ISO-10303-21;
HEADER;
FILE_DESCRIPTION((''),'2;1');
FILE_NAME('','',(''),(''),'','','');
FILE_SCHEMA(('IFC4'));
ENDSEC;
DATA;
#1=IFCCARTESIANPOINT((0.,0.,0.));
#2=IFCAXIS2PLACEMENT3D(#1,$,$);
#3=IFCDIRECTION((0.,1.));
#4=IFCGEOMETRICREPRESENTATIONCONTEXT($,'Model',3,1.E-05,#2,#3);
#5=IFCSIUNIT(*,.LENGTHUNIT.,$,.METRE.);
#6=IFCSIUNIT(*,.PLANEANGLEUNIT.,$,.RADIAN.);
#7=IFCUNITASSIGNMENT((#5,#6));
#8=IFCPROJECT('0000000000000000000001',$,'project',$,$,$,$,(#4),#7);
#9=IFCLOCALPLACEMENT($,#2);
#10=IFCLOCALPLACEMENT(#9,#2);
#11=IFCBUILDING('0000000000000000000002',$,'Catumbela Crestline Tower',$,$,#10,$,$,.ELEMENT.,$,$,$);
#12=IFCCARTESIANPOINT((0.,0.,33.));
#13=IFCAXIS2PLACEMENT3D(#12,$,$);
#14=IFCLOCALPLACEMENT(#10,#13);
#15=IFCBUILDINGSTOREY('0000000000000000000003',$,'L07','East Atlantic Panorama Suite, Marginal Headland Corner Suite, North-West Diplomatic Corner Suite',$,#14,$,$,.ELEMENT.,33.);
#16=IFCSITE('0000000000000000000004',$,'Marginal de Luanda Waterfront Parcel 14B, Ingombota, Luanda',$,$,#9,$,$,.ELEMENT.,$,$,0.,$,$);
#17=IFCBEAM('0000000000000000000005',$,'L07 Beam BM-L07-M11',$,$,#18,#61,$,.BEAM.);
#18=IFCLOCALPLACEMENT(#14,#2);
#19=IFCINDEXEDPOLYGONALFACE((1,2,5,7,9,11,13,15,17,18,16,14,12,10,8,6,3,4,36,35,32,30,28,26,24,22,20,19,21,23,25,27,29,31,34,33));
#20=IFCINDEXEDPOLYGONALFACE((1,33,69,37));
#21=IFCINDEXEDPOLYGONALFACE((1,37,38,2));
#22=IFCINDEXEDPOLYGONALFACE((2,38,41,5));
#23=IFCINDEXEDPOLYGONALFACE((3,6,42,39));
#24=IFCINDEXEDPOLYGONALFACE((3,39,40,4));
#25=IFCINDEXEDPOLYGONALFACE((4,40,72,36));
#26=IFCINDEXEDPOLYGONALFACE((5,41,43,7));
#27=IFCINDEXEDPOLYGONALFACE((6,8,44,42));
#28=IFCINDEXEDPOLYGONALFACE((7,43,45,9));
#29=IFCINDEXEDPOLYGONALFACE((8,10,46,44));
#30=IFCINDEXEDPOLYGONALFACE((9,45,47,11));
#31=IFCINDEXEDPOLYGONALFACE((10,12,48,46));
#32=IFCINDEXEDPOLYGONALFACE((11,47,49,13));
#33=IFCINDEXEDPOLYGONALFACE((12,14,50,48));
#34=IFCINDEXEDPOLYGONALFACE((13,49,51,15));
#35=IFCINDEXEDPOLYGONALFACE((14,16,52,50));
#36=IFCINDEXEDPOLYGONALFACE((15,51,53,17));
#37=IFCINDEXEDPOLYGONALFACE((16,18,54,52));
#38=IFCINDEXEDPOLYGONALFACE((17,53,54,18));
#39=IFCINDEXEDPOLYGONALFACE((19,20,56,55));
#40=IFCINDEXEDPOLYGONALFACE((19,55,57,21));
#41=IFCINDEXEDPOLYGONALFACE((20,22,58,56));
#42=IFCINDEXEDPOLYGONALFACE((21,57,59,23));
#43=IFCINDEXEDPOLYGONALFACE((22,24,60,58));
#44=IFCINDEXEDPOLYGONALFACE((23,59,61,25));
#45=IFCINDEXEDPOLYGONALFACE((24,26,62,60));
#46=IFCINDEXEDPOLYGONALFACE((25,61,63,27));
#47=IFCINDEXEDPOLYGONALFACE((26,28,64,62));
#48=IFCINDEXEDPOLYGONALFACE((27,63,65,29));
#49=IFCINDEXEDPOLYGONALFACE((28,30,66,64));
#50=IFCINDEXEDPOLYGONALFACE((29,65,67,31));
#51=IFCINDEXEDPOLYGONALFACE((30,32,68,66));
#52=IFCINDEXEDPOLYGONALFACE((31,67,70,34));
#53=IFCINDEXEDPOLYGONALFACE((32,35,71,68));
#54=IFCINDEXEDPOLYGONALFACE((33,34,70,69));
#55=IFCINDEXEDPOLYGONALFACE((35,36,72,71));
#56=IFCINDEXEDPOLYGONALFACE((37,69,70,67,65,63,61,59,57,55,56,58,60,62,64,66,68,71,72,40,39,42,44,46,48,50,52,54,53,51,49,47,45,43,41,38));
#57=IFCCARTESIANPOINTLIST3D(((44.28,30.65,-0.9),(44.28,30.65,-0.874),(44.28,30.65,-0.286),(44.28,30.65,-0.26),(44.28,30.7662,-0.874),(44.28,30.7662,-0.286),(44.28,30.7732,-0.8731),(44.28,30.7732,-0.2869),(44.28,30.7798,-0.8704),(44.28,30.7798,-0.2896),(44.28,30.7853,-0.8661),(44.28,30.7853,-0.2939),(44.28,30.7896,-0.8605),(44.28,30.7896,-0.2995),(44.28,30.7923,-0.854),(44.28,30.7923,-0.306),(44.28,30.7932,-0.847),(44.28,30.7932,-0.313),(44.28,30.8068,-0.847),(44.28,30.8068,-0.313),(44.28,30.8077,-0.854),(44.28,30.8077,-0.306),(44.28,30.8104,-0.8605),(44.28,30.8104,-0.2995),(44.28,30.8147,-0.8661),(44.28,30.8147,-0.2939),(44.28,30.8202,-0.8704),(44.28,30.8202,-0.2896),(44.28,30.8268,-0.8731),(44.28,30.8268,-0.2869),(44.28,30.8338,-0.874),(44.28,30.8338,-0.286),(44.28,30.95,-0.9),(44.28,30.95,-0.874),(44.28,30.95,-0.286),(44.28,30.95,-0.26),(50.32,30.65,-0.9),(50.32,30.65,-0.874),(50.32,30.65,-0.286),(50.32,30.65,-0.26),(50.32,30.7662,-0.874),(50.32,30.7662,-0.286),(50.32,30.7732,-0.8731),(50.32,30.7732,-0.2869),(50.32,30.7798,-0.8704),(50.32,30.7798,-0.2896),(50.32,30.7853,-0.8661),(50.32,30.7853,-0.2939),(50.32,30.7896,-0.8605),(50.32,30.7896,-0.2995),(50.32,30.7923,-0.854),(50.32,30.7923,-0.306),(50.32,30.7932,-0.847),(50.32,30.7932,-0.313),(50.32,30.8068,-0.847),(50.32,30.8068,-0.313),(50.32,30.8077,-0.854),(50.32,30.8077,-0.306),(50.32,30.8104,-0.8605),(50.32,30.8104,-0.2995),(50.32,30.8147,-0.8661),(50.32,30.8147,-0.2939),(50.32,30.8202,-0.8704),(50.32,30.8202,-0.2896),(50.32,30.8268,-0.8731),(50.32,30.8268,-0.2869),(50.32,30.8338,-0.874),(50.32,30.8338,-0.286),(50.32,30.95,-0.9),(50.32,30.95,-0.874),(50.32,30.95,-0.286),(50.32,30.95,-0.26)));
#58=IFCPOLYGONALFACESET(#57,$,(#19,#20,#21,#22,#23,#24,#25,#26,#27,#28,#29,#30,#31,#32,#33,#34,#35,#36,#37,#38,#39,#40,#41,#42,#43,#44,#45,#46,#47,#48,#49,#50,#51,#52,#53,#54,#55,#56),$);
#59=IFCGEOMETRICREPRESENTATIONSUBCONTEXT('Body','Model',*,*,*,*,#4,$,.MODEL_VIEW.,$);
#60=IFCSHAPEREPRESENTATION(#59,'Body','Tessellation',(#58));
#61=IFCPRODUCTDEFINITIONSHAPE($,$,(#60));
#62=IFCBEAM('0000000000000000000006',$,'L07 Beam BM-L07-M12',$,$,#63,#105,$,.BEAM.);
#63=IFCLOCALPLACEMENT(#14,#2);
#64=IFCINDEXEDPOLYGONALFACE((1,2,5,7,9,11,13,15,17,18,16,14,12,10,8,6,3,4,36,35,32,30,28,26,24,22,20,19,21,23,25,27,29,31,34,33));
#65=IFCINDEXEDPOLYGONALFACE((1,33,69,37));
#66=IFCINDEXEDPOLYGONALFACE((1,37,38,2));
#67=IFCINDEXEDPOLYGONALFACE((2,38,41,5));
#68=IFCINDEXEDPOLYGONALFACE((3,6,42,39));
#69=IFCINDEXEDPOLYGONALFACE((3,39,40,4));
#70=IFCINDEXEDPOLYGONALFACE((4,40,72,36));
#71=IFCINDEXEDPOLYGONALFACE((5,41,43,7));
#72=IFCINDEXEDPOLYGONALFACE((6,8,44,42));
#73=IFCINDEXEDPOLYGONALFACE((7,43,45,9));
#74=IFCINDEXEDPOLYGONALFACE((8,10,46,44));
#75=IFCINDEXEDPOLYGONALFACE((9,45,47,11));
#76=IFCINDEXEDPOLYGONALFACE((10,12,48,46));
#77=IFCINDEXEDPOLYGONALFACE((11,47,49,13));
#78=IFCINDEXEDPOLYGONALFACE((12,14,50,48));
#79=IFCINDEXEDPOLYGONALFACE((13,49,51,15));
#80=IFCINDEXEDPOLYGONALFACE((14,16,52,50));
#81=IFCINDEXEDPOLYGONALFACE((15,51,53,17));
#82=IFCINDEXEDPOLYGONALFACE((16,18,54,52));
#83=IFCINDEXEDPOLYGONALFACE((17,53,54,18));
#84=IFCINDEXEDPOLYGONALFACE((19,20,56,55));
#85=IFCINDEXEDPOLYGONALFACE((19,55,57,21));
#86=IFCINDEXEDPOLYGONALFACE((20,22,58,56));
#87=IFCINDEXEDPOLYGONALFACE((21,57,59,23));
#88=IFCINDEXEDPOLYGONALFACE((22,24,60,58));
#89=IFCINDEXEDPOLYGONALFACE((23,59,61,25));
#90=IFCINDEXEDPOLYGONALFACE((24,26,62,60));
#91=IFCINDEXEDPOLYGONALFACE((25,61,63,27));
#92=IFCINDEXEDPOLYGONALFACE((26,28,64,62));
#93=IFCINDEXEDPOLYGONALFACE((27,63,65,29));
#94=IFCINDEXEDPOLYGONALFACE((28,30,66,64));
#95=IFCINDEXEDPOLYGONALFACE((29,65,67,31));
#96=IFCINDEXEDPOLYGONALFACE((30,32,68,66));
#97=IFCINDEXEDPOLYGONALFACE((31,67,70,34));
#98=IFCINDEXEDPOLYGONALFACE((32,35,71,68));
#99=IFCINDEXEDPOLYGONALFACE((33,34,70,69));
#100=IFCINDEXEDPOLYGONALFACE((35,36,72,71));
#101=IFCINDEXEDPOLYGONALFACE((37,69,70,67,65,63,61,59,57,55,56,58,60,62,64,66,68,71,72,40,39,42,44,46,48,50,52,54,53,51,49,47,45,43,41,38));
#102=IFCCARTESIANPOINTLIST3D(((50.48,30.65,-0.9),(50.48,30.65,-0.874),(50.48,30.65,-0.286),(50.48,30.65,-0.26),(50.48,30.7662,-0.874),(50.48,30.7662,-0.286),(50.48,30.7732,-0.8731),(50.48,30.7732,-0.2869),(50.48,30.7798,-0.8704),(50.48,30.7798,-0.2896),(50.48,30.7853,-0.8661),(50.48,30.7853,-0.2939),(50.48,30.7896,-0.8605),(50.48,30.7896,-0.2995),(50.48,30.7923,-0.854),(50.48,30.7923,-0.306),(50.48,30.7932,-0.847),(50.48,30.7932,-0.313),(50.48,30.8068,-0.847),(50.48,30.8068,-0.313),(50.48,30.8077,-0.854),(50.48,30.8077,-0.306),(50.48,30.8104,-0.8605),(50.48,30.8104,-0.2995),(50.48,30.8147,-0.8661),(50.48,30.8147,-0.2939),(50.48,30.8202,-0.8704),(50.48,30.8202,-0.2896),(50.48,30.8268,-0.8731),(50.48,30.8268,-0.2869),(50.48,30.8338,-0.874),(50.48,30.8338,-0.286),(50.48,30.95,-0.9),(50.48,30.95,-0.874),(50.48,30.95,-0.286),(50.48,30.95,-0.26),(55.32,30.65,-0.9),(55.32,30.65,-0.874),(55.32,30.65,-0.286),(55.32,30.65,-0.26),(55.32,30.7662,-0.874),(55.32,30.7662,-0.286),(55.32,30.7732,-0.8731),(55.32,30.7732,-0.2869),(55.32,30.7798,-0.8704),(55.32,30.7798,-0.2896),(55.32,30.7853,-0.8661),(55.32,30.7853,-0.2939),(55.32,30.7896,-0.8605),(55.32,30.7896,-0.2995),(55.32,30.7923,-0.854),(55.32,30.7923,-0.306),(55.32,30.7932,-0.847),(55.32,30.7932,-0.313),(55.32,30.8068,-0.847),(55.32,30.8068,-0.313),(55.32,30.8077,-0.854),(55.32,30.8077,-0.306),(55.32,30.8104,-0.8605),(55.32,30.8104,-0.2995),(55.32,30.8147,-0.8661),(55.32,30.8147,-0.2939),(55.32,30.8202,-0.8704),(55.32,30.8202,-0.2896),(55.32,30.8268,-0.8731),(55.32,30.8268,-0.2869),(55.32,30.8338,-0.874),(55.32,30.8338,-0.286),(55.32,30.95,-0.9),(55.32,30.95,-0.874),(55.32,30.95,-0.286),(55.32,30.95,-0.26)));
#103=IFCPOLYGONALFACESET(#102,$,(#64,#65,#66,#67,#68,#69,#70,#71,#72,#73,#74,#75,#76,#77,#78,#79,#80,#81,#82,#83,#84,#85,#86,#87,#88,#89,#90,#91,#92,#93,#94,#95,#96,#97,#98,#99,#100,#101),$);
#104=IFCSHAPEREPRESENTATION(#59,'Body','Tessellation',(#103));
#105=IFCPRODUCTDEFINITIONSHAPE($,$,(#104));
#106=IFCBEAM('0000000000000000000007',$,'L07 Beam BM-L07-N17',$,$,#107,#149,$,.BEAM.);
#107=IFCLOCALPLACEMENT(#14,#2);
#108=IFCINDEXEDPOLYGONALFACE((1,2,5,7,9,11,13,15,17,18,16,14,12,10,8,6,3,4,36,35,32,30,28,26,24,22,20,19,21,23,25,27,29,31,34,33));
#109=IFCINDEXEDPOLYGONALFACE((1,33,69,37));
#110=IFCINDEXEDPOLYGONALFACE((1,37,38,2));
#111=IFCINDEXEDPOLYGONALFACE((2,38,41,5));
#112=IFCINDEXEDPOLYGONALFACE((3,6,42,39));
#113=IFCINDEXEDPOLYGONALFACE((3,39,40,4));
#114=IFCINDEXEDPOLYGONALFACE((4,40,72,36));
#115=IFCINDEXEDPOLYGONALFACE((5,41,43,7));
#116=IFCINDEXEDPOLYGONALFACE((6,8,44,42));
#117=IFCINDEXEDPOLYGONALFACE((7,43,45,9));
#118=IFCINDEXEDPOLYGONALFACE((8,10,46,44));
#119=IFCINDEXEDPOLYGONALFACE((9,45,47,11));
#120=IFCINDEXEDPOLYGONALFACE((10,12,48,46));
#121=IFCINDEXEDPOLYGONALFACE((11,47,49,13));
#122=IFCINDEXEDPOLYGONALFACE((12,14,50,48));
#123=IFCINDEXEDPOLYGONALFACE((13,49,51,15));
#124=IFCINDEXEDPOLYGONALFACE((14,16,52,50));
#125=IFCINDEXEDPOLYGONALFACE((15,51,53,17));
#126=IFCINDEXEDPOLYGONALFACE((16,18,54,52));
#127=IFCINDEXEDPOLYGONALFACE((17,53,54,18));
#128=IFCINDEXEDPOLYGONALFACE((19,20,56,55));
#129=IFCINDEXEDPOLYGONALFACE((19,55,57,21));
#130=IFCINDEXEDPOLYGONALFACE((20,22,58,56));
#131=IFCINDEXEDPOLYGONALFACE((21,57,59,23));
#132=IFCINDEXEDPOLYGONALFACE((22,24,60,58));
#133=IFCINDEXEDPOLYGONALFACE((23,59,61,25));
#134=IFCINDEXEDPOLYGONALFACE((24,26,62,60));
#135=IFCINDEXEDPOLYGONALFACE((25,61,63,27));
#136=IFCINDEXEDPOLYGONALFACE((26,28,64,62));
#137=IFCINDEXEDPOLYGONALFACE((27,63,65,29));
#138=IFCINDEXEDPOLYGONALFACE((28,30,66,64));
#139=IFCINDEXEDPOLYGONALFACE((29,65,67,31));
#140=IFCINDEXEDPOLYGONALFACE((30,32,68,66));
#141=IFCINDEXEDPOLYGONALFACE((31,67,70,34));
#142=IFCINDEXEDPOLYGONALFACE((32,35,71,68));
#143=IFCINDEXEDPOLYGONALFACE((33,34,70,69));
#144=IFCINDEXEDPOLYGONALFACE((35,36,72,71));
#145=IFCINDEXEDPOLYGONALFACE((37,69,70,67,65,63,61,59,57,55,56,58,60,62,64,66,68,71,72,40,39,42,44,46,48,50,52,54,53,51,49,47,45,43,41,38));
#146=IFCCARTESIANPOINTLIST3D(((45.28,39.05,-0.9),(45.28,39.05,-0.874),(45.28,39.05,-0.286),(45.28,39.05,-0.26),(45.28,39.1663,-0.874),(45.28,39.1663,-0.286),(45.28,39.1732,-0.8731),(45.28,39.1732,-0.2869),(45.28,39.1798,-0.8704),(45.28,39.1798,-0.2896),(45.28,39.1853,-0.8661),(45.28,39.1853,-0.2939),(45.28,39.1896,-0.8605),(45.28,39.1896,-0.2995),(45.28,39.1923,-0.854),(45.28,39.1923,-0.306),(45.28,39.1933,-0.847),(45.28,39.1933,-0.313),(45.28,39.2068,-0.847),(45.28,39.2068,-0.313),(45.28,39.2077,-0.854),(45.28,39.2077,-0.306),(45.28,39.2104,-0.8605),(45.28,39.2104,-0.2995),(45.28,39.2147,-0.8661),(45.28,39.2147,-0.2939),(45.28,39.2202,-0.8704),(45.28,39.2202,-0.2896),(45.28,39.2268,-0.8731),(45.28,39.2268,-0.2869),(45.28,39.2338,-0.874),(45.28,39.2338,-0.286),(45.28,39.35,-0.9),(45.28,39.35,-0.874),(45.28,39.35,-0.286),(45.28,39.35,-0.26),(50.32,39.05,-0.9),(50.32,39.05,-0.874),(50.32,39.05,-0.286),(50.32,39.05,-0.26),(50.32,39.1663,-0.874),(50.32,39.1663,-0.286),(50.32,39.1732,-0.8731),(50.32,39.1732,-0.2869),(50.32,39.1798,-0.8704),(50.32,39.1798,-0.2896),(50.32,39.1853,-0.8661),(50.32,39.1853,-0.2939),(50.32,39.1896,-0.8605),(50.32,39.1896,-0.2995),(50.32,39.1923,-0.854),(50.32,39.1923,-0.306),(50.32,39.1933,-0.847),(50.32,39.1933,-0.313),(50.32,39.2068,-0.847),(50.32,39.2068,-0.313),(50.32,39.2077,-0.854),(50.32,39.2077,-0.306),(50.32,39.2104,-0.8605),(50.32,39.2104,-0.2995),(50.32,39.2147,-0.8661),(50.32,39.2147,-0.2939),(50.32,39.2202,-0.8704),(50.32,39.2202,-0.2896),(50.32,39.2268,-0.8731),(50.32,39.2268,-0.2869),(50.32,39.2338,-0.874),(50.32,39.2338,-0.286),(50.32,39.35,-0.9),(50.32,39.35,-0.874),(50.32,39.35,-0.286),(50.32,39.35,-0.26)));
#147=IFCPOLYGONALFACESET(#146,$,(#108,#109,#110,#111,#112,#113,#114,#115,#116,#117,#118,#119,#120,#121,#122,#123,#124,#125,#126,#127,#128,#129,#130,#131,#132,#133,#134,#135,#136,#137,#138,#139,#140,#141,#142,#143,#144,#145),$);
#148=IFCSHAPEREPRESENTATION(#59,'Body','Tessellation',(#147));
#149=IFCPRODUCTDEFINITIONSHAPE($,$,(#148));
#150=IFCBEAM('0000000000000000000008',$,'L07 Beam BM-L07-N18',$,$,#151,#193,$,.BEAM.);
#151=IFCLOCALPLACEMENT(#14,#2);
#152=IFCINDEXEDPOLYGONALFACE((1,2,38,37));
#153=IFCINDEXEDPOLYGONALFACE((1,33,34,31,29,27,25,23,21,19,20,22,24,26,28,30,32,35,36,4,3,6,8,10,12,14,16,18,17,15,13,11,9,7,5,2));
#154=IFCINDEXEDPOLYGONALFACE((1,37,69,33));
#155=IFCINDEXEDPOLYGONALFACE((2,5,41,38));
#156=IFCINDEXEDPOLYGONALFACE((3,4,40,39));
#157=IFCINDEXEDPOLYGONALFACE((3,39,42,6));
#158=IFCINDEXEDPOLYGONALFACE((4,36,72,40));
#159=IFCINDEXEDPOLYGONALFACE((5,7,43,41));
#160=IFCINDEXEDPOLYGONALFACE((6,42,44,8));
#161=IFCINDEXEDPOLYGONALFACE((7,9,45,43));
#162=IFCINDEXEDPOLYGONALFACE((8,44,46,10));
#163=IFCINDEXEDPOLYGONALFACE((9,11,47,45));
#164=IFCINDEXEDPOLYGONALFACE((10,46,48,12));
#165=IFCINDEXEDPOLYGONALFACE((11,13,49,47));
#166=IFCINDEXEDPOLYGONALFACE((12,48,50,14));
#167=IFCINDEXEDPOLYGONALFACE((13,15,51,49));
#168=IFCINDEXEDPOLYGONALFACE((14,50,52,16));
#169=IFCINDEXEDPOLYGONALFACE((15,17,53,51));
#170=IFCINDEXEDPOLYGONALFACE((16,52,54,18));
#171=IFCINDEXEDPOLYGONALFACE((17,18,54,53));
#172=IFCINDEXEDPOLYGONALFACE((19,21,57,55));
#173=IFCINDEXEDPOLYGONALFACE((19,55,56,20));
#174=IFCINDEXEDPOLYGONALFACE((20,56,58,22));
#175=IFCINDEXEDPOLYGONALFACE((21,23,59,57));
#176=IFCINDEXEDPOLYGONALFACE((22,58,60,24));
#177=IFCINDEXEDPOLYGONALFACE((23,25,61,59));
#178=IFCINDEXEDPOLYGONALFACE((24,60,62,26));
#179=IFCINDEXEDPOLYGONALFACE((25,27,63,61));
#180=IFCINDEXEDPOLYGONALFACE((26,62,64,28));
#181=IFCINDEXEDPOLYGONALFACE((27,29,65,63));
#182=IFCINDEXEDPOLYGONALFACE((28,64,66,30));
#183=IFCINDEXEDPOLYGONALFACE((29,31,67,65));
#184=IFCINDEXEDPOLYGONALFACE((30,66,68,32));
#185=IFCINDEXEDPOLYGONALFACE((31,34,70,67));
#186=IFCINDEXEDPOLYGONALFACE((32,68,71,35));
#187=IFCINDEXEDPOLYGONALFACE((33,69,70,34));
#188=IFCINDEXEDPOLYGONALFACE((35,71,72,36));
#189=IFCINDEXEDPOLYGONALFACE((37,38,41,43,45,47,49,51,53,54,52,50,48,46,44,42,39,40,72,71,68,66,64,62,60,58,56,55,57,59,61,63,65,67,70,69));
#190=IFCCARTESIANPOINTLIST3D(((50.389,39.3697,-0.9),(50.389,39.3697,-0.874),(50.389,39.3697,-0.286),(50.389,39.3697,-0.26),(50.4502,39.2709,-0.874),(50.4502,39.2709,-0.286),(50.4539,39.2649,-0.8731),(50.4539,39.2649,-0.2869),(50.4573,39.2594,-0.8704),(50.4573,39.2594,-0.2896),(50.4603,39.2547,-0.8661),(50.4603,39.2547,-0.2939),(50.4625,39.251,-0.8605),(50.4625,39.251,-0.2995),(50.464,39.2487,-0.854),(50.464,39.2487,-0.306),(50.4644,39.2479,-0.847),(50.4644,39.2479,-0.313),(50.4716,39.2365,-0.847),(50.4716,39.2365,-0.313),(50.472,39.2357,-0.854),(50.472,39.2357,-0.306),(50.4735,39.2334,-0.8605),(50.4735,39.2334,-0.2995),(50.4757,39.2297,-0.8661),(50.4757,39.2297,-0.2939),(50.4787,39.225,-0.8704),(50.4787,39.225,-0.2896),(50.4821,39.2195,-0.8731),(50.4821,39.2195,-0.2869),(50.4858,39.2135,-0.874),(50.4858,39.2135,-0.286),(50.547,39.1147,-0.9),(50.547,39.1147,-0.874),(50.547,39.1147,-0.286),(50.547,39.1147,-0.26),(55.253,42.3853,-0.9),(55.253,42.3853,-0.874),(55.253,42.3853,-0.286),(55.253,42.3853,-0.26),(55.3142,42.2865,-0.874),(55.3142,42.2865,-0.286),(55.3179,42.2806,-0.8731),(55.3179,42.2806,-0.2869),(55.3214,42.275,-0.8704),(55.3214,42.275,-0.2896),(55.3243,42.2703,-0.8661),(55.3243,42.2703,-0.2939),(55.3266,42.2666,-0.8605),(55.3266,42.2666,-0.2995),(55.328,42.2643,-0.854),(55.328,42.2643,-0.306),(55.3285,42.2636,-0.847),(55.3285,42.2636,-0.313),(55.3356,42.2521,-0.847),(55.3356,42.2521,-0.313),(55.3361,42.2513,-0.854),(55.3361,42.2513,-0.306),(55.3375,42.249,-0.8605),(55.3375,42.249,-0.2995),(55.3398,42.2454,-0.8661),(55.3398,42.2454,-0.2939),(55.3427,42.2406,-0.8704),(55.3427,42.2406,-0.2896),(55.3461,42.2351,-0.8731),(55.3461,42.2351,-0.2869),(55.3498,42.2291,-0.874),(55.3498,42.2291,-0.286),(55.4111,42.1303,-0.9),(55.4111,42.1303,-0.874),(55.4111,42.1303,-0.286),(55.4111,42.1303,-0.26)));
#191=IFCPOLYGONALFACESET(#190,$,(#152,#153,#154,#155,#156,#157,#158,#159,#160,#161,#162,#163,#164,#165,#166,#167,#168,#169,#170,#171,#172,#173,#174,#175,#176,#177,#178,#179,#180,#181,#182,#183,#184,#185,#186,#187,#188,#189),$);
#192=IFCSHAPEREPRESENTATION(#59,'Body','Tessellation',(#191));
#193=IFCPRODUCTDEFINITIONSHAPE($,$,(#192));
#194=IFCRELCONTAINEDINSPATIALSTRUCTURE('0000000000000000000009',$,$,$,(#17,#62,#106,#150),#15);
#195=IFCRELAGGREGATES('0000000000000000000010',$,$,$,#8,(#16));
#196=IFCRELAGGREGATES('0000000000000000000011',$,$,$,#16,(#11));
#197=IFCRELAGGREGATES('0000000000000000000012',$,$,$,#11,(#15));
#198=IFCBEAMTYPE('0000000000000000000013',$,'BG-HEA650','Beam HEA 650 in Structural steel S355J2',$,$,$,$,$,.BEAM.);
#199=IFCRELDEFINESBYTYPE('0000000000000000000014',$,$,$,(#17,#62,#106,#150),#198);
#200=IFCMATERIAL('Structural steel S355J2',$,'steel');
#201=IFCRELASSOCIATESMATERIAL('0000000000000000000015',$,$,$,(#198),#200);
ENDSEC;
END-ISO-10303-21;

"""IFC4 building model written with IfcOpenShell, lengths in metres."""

from ifc_helpers import new_model, si_unit, direction, frame, origin, origin_2d, place, context, subcontext, project, spatial, i_section, extrude, material, material_profile, profile_set, type_object, element, save


model = new_model("IFC4")

# Units and contexts
model_context = context("Model", 3, precision=1e-05, world=origin(), true_north=direction((0.0, 1.0)))
body_context = subcontext(model_context, "Body", "Model", "MODEL_VIEW")
ifc_project = project(units=[si_unit("LENGTHUNIT", "METRE"), si_unit("PLANEANGLEUNIT", "RADIAN")], contexts=[model_context])

# Site, building, storey
site_placement = place(None, origin())
site = spatial("IfcSite", under=ifc_project, at=site_placement, Name="Marginal de Luanda Waterfront Parcel 14B, Ingombota, Luanda", CompositionType="ELEMENT", RefElevation=0.0)
building_placement = place(site_placement, origin())
building = spatial("IfcBuilding", under=site, at=building_placement, Name="Catumbela Crestline Tower", CompositionType="ELEMENT")
storey_placement = place(building_placement, frame((0.0, 0.0, 33.0)))
storey = spatial("IfcBuildingStorey", under=building, at=storey_placement, Name="L07", Description="East Atlantic Panorama Suite, Marginal Headland Corner Suite, North-West Diplomatic Corner Suite", CompositionType="ELEMENT", Elevation=33.0)

# Beams
ifc_material_1 = material(Name="Structural steel S355J2", Category="steel")
ifc_material_profile_1 = material_profile(ifc_material_1, i_section(OverallWidth=0.3, OverallDepth=0.64, WebThickness=0.0135, FlangeThickness=0.026, FilletRadius=0.027, at=origin_2d()), Name="HEA 650")
ifc_profile_set_1 = profile_set([ifc_material_profile_1], Name="Structural steel S355J2")
beam_type_1 = type_object("IfcBeamType", Name="BG-HEA650", Description="Beam HEA 650 in Structural steel S355J2", PredefinedType="BEAM", material=ifc_profile_set_1)
beam_1_placement = place(storey_placement, frame((44.28, 30.8, -0.58), z_axis=(1.0, 0.0, 0.0), x_axis=(0.0, 1.0, 0.0)))
element("IfcBeam", 1, at=beam_1_placement, inside=storey, type_object=beam_type_1, Name="L07 Beam BM-L07-M11", PredefinedType="BEAM", context=body_context, shape_type="SweptSolid", body=[
    extrude(i_section(OverallWidth=0.3, OverallDepth=0.64, WebThickness=0.0135, FlangeThickness=0.026, FilletRadius=0.027, at=origin_2d()), origin(), (0.0, 0.0, 1.0), 6.04),
])
beam_2_placement = place(storey_placement, frame((50.48, 30.8, -0.58), z_axis=(1.0, 0.0, 0.0), x_axis=(0.0, 1.0, 0.0)))
element("IfcBeam", 2, at=beam_2_placement, inside=storey, type_object=beam_type_1, Name="L07 Beam BM-L07-M12", PredefinedType="BEAM", context=body_context, shape_type="SweptSolid", body=[
    extrude(i_section(OverallWidth=0.3, OverallDepth=0.64, WebThickness=0.0135, FlangeThickness=0.026, FilletRadius=0.027, at=origin_2d()), origin(), (0.0, 0.0, 1.0), 4.84),
])
beam_3_placement = place(storey_placement, frame((45.28, 39.2, -0.58), z_axis=(1.0, 0.0, 0.0), x_axis=(0.0, 1.0, 0.0)))
element("IfcBeam", 3, at=beam_3_placement, inside=storey, type_object=beam_type_1, Name="L07 Beam BM-L07-N17", PredefinedType="BEAM", context=body_context, shape_type="SweptSolid", body=[
    extrude(i_section(OverallWidth=0.3, OverallDepth=0.64, WebThickness=0.0135, FlangeThickness=0.026, FilletRadius=0.027, at=origin_2d()), origin(), (0.0, 0.0, 1.0), 5.04),
])
beam_4_placement = place(storey_placement, frame((50.468, 39.2422, -0.58), z_axis=(0.849909, 0.52693, 0.0), x_axis=(-0.52693, 0.849909, 0.0)))
element("IfcBeam", 4, at=beam_4_placement, inside=storey, type_object=beam_type_1, Name="L07 Beam BM-L07-N18", PredefinedType="BEAM", context=body_context, shape_type="SweptSolid", body=[
    extrude(i_section(OverallWidth=0.3, OverallDepth=0.64, WebThickness=0.0135, FlangeThickness=0.026, FilletRadius=0.027, at=origin_2d()), origin(), (0.0, 0.0, 1.0), 5.723),
])

save(model, "model.ifc")
